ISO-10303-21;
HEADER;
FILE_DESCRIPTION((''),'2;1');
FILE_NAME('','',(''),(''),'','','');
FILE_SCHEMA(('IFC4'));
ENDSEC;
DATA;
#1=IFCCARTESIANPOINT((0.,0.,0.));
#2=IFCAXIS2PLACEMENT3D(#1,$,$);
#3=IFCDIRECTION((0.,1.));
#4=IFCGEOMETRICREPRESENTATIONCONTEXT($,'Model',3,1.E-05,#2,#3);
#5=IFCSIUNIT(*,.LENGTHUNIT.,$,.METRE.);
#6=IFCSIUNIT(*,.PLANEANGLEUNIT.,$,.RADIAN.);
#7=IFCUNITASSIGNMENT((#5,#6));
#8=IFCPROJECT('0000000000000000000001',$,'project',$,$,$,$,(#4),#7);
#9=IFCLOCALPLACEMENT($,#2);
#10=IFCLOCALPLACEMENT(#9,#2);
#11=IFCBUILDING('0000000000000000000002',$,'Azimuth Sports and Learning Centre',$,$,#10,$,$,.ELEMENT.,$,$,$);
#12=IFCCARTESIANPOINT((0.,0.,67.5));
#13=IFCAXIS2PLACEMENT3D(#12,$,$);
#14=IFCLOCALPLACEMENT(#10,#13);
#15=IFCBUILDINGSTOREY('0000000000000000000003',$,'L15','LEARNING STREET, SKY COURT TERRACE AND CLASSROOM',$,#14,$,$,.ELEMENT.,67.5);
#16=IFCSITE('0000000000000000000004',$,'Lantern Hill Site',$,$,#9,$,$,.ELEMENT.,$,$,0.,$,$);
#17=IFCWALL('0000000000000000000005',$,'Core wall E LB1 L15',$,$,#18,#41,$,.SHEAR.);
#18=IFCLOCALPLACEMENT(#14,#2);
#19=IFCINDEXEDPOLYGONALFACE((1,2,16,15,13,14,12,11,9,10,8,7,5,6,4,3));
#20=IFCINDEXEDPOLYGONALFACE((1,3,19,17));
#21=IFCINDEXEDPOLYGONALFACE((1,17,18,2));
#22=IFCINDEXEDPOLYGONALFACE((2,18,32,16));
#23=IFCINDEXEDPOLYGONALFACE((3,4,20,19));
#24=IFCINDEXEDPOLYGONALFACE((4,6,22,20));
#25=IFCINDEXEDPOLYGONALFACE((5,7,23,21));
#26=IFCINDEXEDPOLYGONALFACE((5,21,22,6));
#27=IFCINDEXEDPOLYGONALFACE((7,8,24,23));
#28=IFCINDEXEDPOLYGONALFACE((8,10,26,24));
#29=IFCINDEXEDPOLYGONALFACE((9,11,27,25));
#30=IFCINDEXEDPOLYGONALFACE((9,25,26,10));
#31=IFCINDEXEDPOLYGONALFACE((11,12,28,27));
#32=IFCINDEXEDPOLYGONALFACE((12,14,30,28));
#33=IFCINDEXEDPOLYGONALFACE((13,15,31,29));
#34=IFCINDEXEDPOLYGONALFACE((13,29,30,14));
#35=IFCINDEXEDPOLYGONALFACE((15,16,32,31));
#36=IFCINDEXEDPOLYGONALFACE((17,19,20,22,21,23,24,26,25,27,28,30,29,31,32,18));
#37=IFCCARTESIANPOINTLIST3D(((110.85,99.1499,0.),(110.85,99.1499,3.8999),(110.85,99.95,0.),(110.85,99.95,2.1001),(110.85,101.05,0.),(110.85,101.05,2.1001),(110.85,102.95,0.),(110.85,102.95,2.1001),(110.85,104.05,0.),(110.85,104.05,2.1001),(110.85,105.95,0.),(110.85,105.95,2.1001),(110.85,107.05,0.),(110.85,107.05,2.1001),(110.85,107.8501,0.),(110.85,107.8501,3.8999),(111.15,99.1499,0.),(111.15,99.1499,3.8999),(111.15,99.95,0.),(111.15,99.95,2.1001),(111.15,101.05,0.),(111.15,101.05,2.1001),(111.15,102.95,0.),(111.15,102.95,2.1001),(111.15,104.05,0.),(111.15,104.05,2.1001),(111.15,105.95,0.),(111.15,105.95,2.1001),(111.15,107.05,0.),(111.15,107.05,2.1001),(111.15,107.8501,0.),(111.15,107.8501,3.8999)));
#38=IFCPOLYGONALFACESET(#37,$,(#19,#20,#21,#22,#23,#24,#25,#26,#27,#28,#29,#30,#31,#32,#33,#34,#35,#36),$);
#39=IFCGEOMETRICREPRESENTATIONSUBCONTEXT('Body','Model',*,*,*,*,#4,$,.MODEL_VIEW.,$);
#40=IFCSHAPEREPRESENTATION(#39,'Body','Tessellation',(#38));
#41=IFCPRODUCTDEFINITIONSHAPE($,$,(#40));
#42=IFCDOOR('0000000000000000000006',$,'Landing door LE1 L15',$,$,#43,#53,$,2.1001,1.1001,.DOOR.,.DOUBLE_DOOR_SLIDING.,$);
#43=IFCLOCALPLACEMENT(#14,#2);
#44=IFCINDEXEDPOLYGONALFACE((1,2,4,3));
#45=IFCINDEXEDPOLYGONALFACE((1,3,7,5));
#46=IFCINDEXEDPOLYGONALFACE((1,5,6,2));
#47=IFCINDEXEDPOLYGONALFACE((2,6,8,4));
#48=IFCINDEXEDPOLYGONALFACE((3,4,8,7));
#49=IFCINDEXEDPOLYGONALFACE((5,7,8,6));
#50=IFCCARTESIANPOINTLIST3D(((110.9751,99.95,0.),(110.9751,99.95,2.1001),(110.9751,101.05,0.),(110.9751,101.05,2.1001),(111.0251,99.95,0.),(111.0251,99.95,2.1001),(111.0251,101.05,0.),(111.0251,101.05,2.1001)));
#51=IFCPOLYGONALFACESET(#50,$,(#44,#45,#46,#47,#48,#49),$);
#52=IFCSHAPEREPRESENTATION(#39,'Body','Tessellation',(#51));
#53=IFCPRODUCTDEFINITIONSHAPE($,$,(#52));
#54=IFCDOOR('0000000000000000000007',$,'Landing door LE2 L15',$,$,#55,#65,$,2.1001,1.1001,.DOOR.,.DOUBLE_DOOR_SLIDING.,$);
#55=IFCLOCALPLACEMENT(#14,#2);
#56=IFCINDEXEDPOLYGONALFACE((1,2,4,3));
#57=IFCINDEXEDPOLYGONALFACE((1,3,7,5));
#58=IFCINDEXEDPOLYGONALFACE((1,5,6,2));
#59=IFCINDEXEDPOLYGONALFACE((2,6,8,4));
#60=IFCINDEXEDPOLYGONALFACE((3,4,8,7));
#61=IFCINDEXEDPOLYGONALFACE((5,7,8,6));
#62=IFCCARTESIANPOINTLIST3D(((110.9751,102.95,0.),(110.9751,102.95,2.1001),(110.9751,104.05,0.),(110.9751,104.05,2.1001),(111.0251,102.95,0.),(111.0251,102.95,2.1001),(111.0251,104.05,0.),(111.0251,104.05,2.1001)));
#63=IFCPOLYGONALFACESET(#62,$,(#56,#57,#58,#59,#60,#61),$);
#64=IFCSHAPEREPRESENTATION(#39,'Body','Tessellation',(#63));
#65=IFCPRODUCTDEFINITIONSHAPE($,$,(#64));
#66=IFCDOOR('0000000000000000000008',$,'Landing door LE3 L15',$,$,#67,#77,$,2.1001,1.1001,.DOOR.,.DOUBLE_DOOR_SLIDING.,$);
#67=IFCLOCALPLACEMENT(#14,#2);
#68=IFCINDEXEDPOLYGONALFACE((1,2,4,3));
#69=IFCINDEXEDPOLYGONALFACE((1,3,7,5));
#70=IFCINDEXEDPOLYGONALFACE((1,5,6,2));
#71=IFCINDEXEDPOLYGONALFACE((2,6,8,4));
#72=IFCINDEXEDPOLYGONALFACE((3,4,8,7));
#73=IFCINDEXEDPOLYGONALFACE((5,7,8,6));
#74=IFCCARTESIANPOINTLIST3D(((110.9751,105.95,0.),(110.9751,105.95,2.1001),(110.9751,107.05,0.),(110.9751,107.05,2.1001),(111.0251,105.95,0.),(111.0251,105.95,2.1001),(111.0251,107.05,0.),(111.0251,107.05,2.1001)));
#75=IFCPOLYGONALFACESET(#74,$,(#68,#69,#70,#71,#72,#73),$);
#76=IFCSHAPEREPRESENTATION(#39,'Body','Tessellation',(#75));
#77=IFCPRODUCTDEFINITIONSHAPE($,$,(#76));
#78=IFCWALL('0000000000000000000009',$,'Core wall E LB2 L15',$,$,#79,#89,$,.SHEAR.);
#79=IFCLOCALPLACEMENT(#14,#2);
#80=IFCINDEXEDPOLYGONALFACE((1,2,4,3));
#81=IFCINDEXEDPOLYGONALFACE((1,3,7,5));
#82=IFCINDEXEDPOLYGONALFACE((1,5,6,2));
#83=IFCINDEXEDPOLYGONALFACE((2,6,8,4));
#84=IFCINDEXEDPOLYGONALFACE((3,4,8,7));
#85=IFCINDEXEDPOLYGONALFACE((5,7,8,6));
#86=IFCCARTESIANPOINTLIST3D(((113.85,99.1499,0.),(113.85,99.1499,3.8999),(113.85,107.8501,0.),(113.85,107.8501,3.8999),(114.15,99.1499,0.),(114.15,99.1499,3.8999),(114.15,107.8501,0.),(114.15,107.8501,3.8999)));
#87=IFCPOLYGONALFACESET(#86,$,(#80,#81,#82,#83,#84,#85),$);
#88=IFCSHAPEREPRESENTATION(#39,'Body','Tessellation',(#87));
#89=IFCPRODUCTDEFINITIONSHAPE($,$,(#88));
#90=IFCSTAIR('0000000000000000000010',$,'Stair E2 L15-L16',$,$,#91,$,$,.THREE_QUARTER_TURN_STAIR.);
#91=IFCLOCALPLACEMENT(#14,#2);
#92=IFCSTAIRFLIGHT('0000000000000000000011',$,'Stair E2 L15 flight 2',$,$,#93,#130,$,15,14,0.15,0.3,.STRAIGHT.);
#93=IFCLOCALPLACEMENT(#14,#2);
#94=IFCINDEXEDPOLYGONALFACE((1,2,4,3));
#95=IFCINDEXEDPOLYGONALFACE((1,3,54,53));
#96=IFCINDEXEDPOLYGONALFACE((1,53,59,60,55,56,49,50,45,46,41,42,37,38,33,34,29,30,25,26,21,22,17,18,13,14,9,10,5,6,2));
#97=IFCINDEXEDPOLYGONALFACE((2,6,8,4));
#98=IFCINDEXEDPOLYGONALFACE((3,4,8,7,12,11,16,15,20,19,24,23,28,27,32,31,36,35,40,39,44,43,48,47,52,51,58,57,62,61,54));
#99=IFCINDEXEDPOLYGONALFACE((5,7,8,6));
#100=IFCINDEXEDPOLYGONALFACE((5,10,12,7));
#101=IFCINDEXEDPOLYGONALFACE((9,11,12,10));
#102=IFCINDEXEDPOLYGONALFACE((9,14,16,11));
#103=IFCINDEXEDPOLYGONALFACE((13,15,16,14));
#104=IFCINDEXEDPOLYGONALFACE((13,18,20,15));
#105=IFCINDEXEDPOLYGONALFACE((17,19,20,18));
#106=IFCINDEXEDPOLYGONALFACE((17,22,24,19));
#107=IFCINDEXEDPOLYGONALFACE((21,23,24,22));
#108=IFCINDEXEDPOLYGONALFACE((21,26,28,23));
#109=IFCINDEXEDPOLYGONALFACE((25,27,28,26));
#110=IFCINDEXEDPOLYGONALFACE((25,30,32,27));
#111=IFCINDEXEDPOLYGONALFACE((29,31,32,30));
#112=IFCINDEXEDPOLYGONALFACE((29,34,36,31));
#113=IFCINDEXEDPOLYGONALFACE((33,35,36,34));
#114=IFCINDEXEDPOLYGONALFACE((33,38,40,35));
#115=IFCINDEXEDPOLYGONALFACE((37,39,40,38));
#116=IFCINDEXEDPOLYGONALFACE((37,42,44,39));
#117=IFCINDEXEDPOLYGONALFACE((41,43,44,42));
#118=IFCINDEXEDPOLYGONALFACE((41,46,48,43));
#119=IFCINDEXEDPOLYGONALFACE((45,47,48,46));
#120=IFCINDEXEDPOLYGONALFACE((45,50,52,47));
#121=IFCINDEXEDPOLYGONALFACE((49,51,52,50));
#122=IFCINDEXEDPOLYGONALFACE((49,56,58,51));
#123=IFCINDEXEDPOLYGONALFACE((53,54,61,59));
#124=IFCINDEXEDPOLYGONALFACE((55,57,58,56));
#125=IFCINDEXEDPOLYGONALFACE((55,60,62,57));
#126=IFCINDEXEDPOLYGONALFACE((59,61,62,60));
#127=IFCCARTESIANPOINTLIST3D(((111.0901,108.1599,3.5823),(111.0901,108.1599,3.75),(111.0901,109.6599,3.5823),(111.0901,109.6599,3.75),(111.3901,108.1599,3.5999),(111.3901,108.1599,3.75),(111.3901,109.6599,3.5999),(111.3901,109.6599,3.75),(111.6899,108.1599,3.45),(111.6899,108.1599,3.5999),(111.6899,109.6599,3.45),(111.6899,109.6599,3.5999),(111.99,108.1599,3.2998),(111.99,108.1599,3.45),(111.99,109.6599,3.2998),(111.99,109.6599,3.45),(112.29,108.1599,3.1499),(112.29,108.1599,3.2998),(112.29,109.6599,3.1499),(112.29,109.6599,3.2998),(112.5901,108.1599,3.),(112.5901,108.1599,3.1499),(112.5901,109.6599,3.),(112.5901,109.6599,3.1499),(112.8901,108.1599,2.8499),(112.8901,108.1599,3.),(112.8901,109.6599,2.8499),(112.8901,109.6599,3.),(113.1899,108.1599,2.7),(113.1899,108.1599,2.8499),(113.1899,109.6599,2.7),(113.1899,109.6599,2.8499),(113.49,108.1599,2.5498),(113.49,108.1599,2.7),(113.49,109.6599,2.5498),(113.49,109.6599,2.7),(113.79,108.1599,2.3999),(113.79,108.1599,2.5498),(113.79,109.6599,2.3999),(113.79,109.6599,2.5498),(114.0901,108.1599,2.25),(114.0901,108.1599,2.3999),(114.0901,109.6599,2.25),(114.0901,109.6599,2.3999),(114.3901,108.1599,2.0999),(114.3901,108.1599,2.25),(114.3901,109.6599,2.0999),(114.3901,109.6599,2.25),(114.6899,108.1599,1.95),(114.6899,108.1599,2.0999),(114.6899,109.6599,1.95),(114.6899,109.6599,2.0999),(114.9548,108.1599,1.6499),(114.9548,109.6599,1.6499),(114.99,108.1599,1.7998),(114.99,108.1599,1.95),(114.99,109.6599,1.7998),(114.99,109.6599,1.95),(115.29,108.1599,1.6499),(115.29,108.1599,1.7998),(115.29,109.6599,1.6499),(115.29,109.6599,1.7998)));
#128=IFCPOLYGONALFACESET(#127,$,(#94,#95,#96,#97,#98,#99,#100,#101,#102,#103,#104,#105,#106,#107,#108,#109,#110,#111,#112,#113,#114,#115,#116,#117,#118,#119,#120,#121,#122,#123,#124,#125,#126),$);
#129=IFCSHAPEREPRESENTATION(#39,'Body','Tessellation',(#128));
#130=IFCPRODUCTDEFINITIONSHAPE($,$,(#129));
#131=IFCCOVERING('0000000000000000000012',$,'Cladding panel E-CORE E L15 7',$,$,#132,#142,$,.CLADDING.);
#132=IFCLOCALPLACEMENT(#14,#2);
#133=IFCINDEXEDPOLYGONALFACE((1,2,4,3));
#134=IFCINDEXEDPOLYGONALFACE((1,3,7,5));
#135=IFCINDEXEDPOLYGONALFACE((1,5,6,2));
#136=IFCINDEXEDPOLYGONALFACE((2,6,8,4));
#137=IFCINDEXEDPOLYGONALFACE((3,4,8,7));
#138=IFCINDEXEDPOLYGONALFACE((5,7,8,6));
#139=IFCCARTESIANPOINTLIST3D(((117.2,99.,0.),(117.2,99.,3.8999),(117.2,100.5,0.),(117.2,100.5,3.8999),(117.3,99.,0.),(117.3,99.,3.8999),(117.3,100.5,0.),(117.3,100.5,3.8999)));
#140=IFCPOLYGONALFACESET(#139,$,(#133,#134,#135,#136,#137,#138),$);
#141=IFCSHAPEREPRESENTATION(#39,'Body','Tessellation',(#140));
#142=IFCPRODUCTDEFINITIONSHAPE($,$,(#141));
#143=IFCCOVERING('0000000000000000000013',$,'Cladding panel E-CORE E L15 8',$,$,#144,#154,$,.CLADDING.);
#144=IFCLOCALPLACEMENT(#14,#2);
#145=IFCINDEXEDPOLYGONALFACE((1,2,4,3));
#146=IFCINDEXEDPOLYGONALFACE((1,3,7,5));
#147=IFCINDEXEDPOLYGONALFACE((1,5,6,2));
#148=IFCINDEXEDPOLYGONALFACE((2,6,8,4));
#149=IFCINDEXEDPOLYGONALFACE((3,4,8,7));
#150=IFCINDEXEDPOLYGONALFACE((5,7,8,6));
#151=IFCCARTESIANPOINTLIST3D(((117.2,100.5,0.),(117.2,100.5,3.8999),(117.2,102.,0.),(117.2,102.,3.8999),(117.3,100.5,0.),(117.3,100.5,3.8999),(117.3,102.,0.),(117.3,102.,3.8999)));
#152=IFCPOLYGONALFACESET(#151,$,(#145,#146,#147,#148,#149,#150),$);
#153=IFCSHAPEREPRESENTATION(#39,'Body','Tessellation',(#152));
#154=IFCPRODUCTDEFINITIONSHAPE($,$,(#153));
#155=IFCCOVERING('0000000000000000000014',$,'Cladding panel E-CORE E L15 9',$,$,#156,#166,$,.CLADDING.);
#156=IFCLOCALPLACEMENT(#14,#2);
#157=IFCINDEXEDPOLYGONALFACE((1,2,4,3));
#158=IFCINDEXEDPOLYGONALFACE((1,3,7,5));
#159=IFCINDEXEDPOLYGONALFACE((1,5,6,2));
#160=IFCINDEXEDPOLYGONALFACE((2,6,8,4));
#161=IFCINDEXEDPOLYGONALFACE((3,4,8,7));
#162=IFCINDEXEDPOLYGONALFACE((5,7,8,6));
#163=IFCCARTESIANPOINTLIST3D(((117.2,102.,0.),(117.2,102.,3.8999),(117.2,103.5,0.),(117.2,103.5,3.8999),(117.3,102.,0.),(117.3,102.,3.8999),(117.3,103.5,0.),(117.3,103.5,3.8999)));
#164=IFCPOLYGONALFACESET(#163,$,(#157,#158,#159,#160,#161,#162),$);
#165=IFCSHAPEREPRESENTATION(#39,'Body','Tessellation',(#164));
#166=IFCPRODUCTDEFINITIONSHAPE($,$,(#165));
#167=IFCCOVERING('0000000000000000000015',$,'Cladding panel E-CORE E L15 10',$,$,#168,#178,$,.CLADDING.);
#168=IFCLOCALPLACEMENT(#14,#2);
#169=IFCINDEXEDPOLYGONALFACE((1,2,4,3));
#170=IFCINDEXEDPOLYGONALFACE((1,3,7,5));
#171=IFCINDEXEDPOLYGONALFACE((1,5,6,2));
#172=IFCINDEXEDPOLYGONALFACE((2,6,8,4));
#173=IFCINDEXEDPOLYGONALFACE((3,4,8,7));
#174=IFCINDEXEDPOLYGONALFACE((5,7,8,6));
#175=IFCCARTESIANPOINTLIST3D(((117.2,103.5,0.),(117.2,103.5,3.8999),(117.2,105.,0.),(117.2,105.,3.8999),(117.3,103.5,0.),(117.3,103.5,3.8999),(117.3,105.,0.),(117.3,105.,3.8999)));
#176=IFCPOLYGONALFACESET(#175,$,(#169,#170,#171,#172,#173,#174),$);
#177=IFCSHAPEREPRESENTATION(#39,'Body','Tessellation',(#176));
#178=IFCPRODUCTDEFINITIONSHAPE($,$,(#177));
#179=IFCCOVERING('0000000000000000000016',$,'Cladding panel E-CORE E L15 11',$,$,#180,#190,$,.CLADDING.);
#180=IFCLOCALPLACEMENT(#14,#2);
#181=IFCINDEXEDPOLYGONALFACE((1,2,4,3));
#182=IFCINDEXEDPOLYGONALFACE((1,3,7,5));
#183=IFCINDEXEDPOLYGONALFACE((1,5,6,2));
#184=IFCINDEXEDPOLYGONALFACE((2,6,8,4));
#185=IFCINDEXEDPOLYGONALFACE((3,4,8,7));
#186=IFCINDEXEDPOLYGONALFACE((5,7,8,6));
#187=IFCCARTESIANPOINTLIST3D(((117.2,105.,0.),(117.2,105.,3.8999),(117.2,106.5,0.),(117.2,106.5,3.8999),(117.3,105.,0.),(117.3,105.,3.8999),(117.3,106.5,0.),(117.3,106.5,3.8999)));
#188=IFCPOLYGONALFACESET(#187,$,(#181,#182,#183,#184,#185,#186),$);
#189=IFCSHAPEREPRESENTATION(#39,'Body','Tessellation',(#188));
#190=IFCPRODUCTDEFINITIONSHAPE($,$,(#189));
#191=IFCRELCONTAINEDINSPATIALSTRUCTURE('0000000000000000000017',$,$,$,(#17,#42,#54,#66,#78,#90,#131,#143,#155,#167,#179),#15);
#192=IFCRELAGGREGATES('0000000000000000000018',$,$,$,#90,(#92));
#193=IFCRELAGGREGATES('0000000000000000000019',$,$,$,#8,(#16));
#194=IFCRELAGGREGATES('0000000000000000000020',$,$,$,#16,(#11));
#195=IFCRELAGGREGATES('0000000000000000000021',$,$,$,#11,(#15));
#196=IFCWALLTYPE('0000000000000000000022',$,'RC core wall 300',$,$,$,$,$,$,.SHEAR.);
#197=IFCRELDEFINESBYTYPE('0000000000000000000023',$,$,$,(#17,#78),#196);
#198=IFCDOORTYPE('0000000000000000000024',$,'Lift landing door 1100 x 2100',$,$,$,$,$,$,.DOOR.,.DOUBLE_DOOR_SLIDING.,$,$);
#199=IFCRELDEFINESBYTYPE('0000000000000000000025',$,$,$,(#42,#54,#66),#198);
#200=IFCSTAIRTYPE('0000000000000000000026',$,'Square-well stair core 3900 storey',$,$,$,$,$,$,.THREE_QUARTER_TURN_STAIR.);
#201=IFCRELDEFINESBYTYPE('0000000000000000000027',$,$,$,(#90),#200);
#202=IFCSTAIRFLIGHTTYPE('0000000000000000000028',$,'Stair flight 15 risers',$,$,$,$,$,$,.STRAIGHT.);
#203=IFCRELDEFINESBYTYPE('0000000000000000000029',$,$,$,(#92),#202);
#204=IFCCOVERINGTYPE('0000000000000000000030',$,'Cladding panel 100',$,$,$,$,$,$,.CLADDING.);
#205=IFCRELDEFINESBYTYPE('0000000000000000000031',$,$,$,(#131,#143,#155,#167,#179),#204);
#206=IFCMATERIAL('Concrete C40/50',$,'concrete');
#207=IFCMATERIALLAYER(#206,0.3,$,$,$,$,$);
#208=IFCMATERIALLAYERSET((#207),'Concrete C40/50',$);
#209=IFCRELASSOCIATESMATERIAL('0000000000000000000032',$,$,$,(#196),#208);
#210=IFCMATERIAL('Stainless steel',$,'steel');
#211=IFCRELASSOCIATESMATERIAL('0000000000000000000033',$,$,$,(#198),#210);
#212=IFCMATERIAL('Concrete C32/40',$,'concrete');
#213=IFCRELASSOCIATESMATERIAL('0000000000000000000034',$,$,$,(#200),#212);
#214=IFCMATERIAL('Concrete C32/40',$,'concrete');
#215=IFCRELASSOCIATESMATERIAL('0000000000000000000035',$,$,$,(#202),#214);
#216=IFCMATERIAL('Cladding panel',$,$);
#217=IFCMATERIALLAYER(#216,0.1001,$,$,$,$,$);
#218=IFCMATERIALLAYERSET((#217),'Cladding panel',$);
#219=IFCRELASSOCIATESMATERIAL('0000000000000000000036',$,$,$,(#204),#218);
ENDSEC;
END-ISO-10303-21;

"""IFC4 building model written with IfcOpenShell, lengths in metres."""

from ifc_helpers import new_model, si_unit, direction, frame, frame_2d, origin, origin_2d, place, context, subcontext, project, spatial, polyline, rectangle, outline, extrude, material, layer, layer_set, type_object, element, fill, aggregate, save


model = new_model("IFC4")

# Units and contexts
model_context = context("Model", 3, precision=1e-05, world=origin(), true_north=direction((0.0, 1.0)))
body_context = subcontext(model_context, "Body", "Model", "MODEL_VIEW")
ifc_project = project(units=[si_unit("LENGTHUNIT", "METRE"), si_unit("PLANEANGLEUNIT", "RADIAN")], contexts=[model_context])

# Site, building, storey
site_placement = place(None, origin())
site = spatial("IfcSite", under=ifc_project, at=site_placement, Name="Lantern Hill Site", CompositionType="ELEMENT", RefElevation=0.0)
building_placement = place(site_placement, origin())
building = spatial("IfcBuilding", under=site, at=building_placement, Name="Azimuth Sports and Learning Centre", CompositionType="ELEMENT")
storey_placement = place(building_placement, frame((0.0, 0.0, 67.5)))
storey = spatial("IfcBuildingStorey", under=building, at=storey_placement, Name="L15", Description="LEARNING STREET, SKY COURT TERRACE AND CLASSROOM", CompositionType="ELEMENT", Elevation=67.5)

# Shared definitions
ifc_material_1 = material(Name="Concrete C40/50", Category="concrete")
ifc_layer_1 = layer(ifc_material_1, 0.3)
ifc_layer_set_1 = layer_set([ifc_layer_1], Name="Concrete C40/50")
wall_type_1 = type_object("IfcWallType", Name="RC core wall 300", PredefinedType="SHEAR", material=ifc_layer_set_1)

# Wall, openings, doors
wall_1_placement = place(storey_placement, frame((111.0, 99.1499, 0.0), z_axis=(0.0, 0.0, 1.0), x_axis=(0.0, 1.0, 0.0)))
wall_1 = element("IfcWall", 1, at=wall_1_placement, inside=storey, type_object=wall_type_1, Name="Core wall E LB1 L15", PredefinedType="SHEAR", context=body_context, shape_type="SweptSolid", body=[
    extrude(rectangle(XDim=8.7002, YDim=0.3, at=frame_2d((4.3501, 0.0))), origin(), (0.0, 0.0, 1.0), 3.8999),
])
opening_1_placement = place(wall_1_placement, frame((0.8, 0.0, 0.0)))
opening_1 = element("IfcOpeningElement", 2, at=opening_1_placement, cuts=wall_1, PredefinedType="OPENING", context=body_context, shape_type="SweptSolid", body=[
    extrude(rectangle(XDim=1.1001, YDim=2.1001, at=frame_2d((0.55, 1.05))), frame((0.0, 0.1611, 0.0), z_axis=(0.0, -1.0, 0.0), x_axis=(1.0, 0.0, 0.0)), (0.0, 0.0, 1.0), 0.322),
])
opening_2_placement = place(wall_1_placement, frame((3.8, 0.0, 0.0)))
opening_2 = element("IfcOpeningElement", 3, at=opening_2_placement, cuts=wall_1, PredefinedType="OPENING", context=body_context, shape_type="SweptSolid", body=[
    extrude(rectangle(XDim=1.1001, YDim=2.1001, at=frame_2d((0.55, 1.05))), frame((0.0, 0.1611, 0.0), z_axis=(0.0, -1.0, 0.0), x_axis=(1.0, 0.0, 0.0)), (0.0, 0.0, 1.0), 0.322),
])
opening_3_placement = place(wall_1_placement, frame((6.8, 0.0, 0.0)))
opening_3 = element("IfcOpeningElement", 4, at=opening_3_placement, cuts=wall_1, PredefinedType="OPENING", context=body_context, shape_type="SweptSolid", body=[
    extrude(rectangle(XDim=1.1001, YDim=2.1001, at=frame_2d((0.55, 1.05))), frame((0.0, 0.1611, 0.0), z_axis=(0.0, -1.0, 0.0), x_axis=(1.0, 0.0, 0.0)), (0.0, 0.0, 1.0), 0.322),
])
ifc_material_2 = material(Name="Stainless steel", Category="steel")
door_type_1 = type_object("IfcDoorType", Name="Lift landing door 1100 x 2100", OperationType="DOUBLE_DOOR_SLIDING", PredefinedType="DOOR", material=ifc_material_2)
door_1_placement = place(opening_1_placement, origin())
door_1 = element("IfcDoor", 5, at=door_1_placement, inside=storey, type_object=door_type_1, Name="Landing door LE1 L15", OperationType="DOUBLE_DOOR_SLIDING", OverallHeight=2.1001, OverallWidth=1.1001, PredefinedType="DOOR", context=body_context, shape_type="SweptSolid", body=[
    extrude(rectangle(XDim=1.1001, YDim=2.1001, at=frame_2d((0.55, 1.05))), frame((0.0, 0.0249, 0.0), z_axis=(0.0, -1.0, 0.0), x_axis=(1.0, 0.0, 0.0)), (0.0, 0.0, 1.0), 0.05),
])
fill(opening_1, door_1)
door_2_placement = place(opening_2_placement, origin())
door_2 = element("IfcDoor", 6, at=door_2_placement, inside=storey, type_object=door_type_1, Name="Landing door LE2 L15", OperationType="DOUBLE_DOOR_SLIDING", OverallHeight=2.1001, OverallWidth=1.1001, PredefinedType="DOOR", context=body_context, shape_type="SweptSolid", body=[
    extrude(rectangle(XDim=1.1001, YDim=2.1001, at=frame_2d((0.55, 1.05))), frame((0.0, 0.0249, 0.0), z_axis=(0.0, -1.0, 0.0), x_axis=(1.0, 0.0, 0.0)), (0.0, 0.0, 1.0), 0.05),
])
fill(opening_2, door_2)
door_3_placement = place(opening_3_placement, origin())
door_3 = element("IfcDoor", 7, at=door_3_placement, inside=storey, type_object=door_type_1, Name="Landing door LE3 L15", OperationType="DOUBLE_DOOR_SLIDING", OverallHeight=2.1001, OverallWidth=1.1001, PredefinedType="DOOR", context=body_context, shape_type="SweptSolid", body=[
    extrude(rectangle(XDim=1.1001, YDim=2.1001, at=frame_2d((0.55, 1.05))), frame((0.0, 0.0249, 0.0), z_axis=(0.0, -1.0, 0.0), x_axis=(1.0, 0.0, 0.0)), (0.0, 0.0, 1.0), 0.05),
])
fill(opening_3, door_3)

# Wall
wall_2_placement = place(storey_placement, frame((114.0, 99.1499, 0.0), z_axis=(0.0, 0.0, 1.0), x_axis=(0.0, 1.0, 0.0)))
element("IfcWall", 8, at=wall_2_placement, inside=storey, type_object=wall_type_1, Name="Core wall E LB2 L15", PredefinedType="SHEAR", context=body_context, shape_type="SweptSolid", body=[
    extrude(rectangle(XDim=8.7002, YDim=0.3, at=frame_2d((4.3501, 0.0))), origin(), (0.0, 0.0, 1.0), 3.8999),
])

# Stair, stair flight
ifc_material_3 = material(Name="Concrete C32/40", Category="concrete")
stair_type = type_object("IfcStairType", Name="Square-well stair core 3900 storey", PredefinedType="THREE_QUARTER_TURN_STAIR", material=ifc_material_3)
stair_placement = place(storey_placement, origin())
stair = element("IfcStair", 9, at=stair_placement, inside=storey, type_object=stair_type, Name="Stair E2 L15-L16", PredefinedType="THREE_QUARTER_TURN_STAIR")
ifc_material_4 = material(Name="Concrete C32/40", Category="concrete")
stair_flight_type = type_object("IfcStairFlightType", Name="Stair flight 15 risers", PredefinedType="STRAIGHT", material=ifc_material_4)
stair_flight_placement = place(storey_placement, frame((115.29, 108.9099, 1.6499), z_axis=(0.0, 0.0, 1.0), x_axis=(-1.0, 0.0, 0.0)))
stair_flight = element("IfcStairFlight", 10, at=stair_flight_placement, type_object=stair_flight_type, Name="Stair E2 L15 flight 2", NumberOfRisers=15, NumberOfTreads=14, PredefinedType="STRAIGHT", RiserHeight=0.15, TreadLength=0.3, context=body_context, shape_type="SweptSolid", body=[
    extrude(outline(polyline([(0.0, 0.0), (0.0, 0.1499), (0.3, 0.1499), (0.3, 0.3), (0.6001, 0.3), (0.6001, 0.45), (0.8999, 0.45), (0.8999, 0.6001), (1.2, 0.6001), (1.2, 0.75), (1.5, 0.75), (1.5, 0.8999), (1.8, 0.8999), (1.8, 1.05), (2.1001, 1.05), (2.1001, 1.2), (2.3999, 1.2), (2.3999, 1.3501), (2.7, 1.3501), (2.7, 1.5), (3.0, 1.5), (3.0, 1.6499), (3.3, 1.6499), (3.3, 1.8), (3.6001, 1.8), (3.6001, 1.95), (3.8999, 1.95), (3.8999, 2.1001), (4.2, 2.1001), (4.2, 2.25), (4.2, 1.9324), (0.3352, 0.0), (0.0, 0.0)])), frame((0.0, 0.75, 0.0), z_axis=(0.0, -1.0, 0.0), x_axis=(1.0, 0.0, 0.0)), (0.0, 0.0, 1.0), 1.5),
])
aggregate(stair, [stair_flight])

# Coverings
ifc_material_5 = material(Name="Cladding panel")
ifc_layer_2 = layer(ifc_material_5, 0.1001)
ifc_layer_set_2 = layer_set([ifc_layer_2], Name="Cladding panel")
covering_type = type_object("IfcCoveringType", Name="Cladding panel 100", PredefinedType="CLADDING", material=ifc_layer_set_2)
for number, where, z_axis, x_axis, name in (
    (11, (117.25, 99.75, 0.0), (0.0, 0.0, 1.0), (0.0, 1.0, 0.0), "Cladding panel E-CORE E L15 7"),
    (12, (117.25, 101.25, 0.0), (0.0, 0.0, 1.0), (0.0, 1.0, 0.0), "Cladding panel E-CORE E L15 8"),
    (13, (117.25, 102.75, 0.0), (0.0, 0.0, 1.0), (0.0, 1.0, 0.0), "Cladding panel E-CORE E L15 9"),
    (14, (117.25, 104.25, 0.0), (0.0, 0.0, 1.0), (0.0, 1.0, 0.0), "Cladding panel E-CORE E L15 10"),
    (15, (117.25, 105.75, 0.0), (0.0, 0.0, 1.0), (0.0, 1.0, 0.0), "Cladding panel E-CORE E L15 11"),
):
    element("IfcCovering", number, at=place(storey_placement, frame(where, z_axis=z_axis, x_axis=x_axis)), inside=storey, type_object=covering_type, Name=name, PredefinedType="CLADDING", context=body_context, shape_type="SweptSolid", body=[
        extrude(rectangle(XDim=1.5, YDim=0.1001, at=origin_2d()), origin(), (0.0, 0.0, 1.0), 3.8999),
    ])

save(model, "model.ifc")
